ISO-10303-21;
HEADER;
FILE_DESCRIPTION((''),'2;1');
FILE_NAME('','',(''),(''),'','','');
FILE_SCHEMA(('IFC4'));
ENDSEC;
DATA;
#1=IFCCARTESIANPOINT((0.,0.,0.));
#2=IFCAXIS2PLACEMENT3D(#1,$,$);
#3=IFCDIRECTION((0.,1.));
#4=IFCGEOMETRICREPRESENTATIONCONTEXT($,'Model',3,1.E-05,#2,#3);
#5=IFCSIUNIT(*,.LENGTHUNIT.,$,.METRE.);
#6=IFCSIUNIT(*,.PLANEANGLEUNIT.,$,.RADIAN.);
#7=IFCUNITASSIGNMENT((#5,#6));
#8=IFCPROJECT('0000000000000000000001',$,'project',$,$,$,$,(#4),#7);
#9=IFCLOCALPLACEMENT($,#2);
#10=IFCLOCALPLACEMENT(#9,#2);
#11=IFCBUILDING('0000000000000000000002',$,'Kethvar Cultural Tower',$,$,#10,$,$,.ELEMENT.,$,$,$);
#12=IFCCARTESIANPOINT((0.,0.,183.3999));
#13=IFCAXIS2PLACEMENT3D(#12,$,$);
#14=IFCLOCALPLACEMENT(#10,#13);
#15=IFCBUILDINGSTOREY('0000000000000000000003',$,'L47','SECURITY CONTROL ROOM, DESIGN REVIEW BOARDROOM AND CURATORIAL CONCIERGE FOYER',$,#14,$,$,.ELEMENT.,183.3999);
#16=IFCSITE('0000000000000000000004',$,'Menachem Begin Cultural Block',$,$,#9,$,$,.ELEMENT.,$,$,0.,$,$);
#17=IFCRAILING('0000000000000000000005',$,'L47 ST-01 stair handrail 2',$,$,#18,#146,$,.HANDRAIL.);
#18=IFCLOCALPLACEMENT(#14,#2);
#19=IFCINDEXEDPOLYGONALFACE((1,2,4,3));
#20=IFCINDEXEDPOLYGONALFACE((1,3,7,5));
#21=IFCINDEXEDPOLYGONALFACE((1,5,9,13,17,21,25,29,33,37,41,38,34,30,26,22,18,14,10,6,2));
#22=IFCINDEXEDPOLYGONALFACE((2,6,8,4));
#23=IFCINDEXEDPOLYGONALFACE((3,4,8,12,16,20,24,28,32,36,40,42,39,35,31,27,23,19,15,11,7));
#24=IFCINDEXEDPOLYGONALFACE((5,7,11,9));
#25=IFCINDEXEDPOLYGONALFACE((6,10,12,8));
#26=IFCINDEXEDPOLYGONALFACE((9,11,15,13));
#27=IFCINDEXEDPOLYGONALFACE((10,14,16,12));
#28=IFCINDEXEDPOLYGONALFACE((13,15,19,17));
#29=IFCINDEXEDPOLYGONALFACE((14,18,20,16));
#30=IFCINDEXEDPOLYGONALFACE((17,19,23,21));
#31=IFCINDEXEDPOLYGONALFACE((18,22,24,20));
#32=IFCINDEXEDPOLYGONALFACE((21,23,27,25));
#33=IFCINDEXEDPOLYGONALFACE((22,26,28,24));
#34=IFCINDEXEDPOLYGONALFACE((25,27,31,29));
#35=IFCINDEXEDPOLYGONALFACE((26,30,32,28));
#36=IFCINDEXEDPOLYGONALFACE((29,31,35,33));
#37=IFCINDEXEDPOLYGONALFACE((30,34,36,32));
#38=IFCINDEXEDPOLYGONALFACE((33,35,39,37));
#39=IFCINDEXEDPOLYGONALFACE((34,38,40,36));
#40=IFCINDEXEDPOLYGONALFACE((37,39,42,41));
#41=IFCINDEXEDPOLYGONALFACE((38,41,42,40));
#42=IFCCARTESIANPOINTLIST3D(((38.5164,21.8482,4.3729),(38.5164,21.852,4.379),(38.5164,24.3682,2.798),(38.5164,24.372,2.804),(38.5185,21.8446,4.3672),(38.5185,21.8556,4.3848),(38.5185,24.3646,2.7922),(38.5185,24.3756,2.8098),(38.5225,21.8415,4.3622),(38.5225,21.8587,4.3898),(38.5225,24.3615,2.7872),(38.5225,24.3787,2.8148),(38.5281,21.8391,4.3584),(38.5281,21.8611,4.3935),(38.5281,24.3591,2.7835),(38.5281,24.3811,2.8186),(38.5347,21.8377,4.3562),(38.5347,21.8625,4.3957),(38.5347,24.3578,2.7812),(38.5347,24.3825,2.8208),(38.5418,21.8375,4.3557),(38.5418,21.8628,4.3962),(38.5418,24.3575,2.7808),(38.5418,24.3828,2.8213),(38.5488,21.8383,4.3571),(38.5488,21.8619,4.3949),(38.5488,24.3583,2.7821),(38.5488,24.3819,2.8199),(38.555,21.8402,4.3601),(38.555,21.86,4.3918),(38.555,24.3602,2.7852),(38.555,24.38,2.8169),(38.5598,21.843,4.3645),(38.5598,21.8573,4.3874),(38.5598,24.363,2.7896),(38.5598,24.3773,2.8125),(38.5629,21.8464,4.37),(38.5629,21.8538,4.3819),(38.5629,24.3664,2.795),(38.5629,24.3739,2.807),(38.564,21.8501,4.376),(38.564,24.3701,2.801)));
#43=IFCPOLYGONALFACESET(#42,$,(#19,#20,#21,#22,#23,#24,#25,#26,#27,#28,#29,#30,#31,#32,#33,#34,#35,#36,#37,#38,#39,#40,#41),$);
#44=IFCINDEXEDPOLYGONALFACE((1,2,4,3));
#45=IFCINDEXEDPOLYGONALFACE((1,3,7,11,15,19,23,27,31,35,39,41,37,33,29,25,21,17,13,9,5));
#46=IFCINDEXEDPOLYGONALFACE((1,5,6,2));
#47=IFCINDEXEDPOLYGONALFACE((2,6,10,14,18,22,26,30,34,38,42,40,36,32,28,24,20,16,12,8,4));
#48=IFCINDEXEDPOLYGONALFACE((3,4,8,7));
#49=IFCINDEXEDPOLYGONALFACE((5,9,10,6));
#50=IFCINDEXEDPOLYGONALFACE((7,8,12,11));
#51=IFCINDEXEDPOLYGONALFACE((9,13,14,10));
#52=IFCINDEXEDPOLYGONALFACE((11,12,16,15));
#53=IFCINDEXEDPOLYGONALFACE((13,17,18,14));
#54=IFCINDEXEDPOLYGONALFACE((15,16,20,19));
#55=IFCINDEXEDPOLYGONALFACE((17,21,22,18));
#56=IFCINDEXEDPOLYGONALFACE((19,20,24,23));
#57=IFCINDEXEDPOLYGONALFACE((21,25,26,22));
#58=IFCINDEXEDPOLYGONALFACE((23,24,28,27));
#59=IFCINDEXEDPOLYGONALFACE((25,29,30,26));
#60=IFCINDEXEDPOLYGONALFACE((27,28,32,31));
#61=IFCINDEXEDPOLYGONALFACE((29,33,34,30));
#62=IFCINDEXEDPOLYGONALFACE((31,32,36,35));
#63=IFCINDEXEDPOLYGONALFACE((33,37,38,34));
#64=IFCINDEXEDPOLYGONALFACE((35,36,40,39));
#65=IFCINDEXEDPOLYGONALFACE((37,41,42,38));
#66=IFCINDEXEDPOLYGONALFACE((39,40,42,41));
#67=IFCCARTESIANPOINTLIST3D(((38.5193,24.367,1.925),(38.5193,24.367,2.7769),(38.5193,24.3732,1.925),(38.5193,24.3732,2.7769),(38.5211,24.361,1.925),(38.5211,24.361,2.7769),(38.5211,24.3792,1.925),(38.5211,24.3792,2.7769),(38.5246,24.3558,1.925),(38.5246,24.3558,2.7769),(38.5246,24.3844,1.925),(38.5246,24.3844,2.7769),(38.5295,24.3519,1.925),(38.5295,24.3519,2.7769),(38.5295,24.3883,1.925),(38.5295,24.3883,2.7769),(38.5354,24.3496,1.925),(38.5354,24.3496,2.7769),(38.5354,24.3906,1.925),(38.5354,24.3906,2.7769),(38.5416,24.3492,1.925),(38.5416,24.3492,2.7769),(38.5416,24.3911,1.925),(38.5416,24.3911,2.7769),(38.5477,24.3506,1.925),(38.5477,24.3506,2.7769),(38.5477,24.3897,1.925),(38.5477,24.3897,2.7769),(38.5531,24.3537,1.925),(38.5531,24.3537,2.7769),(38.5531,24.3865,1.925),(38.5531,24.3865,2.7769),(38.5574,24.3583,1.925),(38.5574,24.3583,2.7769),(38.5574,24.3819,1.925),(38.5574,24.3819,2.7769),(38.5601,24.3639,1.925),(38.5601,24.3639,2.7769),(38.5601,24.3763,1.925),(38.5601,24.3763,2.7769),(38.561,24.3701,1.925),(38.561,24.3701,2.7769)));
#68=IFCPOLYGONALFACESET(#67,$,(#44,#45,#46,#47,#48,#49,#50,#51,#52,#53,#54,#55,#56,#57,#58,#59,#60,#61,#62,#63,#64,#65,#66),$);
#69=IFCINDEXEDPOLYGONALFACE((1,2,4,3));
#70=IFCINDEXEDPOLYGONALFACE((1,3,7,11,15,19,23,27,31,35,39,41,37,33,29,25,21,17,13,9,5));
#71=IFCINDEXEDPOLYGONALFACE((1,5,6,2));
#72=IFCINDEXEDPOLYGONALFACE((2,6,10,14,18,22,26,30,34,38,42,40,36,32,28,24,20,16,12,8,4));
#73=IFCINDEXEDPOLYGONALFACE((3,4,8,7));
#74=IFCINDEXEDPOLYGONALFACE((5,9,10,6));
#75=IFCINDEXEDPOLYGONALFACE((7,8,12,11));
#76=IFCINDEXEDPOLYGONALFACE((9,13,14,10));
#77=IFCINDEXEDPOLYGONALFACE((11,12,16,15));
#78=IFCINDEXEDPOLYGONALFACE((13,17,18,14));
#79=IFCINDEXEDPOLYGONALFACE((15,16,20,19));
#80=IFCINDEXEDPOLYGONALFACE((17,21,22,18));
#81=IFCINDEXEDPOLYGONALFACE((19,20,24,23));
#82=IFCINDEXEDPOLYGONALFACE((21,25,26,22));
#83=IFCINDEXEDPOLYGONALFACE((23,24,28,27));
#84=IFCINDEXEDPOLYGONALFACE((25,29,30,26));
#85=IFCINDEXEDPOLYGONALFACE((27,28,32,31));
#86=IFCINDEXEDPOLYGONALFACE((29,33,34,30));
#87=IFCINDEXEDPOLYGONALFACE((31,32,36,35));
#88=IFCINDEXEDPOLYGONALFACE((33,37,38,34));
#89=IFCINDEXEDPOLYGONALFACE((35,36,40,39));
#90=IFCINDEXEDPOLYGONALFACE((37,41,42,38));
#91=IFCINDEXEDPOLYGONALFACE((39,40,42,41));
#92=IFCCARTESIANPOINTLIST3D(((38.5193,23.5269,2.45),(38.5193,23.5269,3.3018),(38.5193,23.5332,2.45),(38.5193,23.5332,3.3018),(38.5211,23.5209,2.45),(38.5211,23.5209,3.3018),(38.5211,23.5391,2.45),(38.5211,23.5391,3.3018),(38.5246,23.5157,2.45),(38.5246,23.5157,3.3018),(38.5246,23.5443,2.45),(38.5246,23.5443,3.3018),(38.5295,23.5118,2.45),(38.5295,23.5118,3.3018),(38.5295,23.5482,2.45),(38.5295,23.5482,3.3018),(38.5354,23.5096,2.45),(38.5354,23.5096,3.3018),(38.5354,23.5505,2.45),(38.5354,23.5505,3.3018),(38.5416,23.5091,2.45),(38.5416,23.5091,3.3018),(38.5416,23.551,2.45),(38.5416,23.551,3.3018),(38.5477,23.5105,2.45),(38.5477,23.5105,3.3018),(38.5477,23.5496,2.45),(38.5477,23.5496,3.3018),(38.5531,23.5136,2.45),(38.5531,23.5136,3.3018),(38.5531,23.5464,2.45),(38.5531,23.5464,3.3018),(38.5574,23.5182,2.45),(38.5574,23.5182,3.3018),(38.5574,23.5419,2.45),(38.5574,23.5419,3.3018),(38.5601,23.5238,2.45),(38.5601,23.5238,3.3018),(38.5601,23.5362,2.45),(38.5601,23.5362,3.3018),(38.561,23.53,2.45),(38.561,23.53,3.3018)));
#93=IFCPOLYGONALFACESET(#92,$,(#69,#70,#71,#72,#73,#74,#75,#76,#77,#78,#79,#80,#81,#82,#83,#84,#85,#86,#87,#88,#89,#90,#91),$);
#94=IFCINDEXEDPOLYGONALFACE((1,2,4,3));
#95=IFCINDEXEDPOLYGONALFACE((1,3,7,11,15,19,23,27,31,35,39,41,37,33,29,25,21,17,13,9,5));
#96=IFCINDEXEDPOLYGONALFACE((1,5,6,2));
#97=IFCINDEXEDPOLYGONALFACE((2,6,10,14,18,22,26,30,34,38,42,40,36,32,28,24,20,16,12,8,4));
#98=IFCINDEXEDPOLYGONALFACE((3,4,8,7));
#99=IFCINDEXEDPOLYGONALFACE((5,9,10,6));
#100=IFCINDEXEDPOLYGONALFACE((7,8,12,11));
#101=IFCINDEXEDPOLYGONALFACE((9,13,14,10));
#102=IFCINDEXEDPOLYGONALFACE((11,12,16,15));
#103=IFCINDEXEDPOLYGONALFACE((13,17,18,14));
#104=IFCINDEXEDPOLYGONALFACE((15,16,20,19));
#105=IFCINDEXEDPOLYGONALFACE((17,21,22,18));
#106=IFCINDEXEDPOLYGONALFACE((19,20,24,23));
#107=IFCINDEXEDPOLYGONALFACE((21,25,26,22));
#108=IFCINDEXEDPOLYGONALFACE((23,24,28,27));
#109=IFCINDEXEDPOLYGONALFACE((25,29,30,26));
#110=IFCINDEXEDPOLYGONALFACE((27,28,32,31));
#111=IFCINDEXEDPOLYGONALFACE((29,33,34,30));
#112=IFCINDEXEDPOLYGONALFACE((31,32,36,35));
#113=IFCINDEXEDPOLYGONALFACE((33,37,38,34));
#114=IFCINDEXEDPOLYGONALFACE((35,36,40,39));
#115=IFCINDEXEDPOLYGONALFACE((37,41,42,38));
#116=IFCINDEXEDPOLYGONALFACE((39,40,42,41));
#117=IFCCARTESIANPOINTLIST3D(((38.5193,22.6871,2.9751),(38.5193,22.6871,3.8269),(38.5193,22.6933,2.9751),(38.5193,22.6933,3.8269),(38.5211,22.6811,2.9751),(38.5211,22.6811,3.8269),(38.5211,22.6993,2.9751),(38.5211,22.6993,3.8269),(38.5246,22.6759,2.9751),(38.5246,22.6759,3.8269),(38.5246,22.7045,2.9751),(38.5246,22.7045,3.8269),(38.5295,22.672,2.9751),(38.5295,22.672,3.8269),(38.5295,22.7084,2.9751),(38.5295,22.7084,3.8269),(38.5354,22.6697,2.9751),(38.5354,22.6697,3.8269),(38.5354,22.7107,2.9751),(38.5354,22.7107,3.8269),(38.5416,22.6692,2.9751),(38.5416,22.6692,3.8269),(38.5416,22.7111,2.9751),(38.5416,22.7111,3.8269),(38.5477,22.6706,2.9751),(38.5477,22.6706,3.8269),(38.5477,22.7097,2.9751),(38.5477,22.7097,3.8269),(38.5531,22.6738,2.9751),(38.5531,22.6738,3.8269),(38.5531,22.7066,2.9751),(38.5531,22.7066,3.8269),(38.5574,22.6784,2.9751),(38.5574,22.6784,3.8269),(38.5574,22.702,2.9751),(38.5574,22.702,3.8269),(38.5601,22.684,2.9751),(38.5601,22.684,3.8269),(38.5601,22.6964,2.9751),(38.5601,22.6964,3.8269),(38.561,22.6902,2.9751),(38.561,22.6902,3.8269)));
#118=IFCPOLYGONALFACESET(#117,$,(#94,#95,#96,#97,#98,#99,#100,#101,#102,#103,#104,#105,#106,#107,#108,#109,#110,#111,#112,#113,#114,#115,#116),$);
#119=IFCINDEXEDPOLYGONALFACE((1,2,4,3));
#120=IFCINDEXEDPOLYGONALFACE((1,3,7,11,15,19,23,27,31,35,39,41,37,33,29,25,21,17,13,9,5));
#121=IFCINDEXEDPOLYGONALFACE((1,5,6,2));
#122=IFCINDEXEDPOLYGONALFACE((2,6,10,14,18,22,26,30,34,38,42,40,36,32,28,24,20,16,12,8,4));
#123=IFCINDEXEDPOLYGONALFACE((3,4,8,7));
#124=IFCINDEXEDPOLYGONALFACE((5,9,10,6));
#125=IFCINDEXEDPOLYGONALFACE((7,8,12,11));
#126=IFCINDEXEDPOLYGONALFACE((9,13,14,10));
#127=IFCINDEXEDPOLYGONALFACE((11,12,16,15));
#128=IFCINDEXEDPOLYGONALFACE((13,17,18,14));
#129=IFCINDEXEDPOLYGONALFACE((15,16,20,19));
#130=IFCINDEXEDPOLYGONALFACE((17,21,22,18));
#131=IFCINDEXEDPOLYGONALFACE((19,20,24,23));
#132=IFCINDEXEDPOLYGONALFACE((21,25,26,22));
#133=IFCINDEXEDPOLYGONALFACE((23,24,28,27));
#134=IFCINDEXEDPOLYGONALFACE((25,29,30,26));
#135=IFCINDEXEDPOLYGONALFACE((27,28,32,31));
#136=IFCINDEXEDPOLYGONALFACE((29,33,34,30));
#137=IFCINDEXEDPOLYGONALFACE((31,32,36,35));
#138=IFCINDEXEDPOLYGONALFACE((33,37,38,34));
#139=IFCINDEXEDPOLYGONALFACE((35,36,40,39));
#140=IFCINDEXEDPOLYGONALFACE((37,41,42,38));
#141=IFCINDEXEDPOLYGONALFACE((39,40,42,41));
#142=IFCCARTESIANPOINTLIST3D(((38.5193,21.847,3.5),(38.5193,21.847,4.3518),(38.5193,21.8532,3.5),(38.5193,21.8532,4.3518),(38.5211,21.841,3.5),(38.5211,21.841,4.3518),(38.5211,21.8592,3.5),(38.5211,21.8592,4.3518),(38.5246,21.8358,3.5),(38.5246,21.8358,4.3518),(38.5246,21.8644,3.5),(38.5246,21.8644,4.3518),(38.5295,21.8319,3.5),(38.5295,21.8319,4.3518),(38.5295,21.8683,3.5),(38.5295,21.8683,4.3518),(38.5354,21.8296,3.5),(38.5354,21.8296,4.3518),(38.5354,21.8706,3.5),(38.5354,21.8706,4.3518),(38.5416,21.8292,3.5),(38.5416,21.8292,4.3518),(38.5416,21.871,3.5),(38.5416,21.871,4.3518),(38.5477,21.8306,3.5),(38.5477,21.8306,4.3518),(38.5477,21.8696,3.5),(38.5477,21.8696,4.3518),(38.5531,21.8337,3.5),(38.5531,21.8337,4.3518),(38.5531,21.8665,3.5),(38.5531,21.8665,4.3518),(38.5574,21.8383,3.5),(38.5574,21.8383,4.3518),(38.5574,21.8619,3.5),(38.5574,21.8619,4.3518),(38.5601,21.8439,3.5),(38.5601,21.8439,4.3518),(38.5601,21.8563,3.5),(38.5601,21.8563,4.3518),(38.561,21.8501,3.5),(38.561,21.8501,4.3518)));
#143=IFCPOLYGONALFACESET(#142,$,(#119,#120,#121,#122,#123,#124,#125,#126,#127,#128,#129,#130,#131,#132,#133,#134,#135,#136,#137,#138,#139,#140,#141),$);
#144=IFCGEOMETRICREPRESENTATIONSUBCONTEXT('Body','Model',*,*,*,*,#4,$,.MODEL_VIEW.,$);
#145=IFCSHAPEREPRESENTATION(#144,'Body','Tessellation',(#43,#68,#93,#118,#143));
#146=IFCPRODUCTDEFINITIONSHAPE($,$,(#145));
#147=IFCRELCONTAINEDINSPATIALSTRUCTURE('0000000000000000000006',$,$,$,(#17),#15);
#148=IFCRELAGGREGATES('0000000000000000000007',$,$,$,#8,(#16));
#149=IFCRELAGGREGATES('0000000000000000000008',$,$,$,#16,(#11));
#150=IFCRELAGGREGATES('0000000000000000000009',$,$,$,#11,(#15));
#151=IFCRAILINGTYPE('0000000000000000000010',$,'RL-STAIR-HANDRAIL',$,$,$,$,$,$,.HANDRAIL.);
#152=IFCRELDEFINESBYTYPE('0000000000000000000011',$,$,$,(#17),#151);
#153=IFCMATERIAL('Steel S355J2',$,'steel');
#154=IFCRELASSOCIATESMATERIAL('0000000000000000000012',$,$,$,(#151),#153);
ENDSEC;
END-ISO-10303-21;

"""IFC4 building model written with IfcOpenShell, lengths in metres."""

from ifc_helpers import new_model, si_unit, direction, frame, origin, origin_2d, place, context, subcontext, project, spatial, circle, extrude, material, type_object, element, save


model = new_model("IFC4")

# Units and contexts
model_context = context("Model", 3, precision=1e-05, world=origin(), true_north=direction((0.0, 1.0)))
body_context = subcontext(model_context, "Body", "Model", "MODEL_VIEW")
ifc_project = project(units=[si_unit("LENGTHUNIT", "METRE"), si_unit("PLANEANGLEUNIT", "RADIAN")], contexts=[model_context])

# Site, building, storey
site_placement = place(None, origin())
site = spatial("IfcSite", under=ifc_project, at=site_placement, Name="Menachem Begin Cultural Block", CompositionType="ELEMENT", RefElevation=0.0)
building_placement = place(site_placement, origin())
building = spatial("IfcBuilding", under=site, at=building_placement, Name="Kethvar Cultural Tower", CompositionType="ELEMENT")
storey_placement = place(building_placement, frame((0.0, 0.0, 183.3999)))
storey = spatial("IfcBuildingStorey", under=building, at=storey_placement, Name="L47", Description="SECURITY CONTROL ROOM, DESIGN REVIEW BOARDROOM AND CURATORIAL CONCIERGE FOYER", CompositionType="ELEMENT", Elevation=183.3999)

# Shared definitions
ifc_material_1 = material(Name="Steel S355J2", Category="steel")

# Railing
railing_type_1 = type_object("IfcRailingType", Name="RL-STAIR-HANDRAIL", PredefinedType="HANDRAIL", material=ifc_material_1)
railing_1_placement = place(storey_placement, frame((38.54, 24.3701, 1.925)))
element("IfcRailing", 1, at=railing_1_placement, inside=storey, type_object=railing_type_1, Name="L47 ST-01 stair handrail 2", PredefinedType="HANDRAIL", context=body_context, shape_type="SweptSolid", body=[
    extrude(circle(Radius=0.0239, at=origin_2d()), frame((0.0, 0.0, 0.876), z_axis=(0.0, -0.848008, 0.529984), x_axis=(1.0, 0.0, 0.0)), (0.0, 0.0, 1.0), 2.9717),
    extrude(circle(Radius=0.021, at=origin_2d()), origin(), (0.0, 0.0, 1.0), 0.8518),
    extrude(circle(Radius=0.021, at=origin_2d()), frame((0.0, -0.8401, 0.5249)), (0.0, 0.0, 1.0), 0.8518),
    extrude(circle(Radius=0.021, at=origin_2d()), frame((0.0, -1.6799, 1.05)), (0.0, 0.0, 1.0), 0.8518),
    extrude(circle(Radius=0.021, at=origin_2d()), frame((0.0, -2.52, 1.575)), (0.0, 0.0, 1.0), 0.8518),
])

save(model, "model.ifc")
